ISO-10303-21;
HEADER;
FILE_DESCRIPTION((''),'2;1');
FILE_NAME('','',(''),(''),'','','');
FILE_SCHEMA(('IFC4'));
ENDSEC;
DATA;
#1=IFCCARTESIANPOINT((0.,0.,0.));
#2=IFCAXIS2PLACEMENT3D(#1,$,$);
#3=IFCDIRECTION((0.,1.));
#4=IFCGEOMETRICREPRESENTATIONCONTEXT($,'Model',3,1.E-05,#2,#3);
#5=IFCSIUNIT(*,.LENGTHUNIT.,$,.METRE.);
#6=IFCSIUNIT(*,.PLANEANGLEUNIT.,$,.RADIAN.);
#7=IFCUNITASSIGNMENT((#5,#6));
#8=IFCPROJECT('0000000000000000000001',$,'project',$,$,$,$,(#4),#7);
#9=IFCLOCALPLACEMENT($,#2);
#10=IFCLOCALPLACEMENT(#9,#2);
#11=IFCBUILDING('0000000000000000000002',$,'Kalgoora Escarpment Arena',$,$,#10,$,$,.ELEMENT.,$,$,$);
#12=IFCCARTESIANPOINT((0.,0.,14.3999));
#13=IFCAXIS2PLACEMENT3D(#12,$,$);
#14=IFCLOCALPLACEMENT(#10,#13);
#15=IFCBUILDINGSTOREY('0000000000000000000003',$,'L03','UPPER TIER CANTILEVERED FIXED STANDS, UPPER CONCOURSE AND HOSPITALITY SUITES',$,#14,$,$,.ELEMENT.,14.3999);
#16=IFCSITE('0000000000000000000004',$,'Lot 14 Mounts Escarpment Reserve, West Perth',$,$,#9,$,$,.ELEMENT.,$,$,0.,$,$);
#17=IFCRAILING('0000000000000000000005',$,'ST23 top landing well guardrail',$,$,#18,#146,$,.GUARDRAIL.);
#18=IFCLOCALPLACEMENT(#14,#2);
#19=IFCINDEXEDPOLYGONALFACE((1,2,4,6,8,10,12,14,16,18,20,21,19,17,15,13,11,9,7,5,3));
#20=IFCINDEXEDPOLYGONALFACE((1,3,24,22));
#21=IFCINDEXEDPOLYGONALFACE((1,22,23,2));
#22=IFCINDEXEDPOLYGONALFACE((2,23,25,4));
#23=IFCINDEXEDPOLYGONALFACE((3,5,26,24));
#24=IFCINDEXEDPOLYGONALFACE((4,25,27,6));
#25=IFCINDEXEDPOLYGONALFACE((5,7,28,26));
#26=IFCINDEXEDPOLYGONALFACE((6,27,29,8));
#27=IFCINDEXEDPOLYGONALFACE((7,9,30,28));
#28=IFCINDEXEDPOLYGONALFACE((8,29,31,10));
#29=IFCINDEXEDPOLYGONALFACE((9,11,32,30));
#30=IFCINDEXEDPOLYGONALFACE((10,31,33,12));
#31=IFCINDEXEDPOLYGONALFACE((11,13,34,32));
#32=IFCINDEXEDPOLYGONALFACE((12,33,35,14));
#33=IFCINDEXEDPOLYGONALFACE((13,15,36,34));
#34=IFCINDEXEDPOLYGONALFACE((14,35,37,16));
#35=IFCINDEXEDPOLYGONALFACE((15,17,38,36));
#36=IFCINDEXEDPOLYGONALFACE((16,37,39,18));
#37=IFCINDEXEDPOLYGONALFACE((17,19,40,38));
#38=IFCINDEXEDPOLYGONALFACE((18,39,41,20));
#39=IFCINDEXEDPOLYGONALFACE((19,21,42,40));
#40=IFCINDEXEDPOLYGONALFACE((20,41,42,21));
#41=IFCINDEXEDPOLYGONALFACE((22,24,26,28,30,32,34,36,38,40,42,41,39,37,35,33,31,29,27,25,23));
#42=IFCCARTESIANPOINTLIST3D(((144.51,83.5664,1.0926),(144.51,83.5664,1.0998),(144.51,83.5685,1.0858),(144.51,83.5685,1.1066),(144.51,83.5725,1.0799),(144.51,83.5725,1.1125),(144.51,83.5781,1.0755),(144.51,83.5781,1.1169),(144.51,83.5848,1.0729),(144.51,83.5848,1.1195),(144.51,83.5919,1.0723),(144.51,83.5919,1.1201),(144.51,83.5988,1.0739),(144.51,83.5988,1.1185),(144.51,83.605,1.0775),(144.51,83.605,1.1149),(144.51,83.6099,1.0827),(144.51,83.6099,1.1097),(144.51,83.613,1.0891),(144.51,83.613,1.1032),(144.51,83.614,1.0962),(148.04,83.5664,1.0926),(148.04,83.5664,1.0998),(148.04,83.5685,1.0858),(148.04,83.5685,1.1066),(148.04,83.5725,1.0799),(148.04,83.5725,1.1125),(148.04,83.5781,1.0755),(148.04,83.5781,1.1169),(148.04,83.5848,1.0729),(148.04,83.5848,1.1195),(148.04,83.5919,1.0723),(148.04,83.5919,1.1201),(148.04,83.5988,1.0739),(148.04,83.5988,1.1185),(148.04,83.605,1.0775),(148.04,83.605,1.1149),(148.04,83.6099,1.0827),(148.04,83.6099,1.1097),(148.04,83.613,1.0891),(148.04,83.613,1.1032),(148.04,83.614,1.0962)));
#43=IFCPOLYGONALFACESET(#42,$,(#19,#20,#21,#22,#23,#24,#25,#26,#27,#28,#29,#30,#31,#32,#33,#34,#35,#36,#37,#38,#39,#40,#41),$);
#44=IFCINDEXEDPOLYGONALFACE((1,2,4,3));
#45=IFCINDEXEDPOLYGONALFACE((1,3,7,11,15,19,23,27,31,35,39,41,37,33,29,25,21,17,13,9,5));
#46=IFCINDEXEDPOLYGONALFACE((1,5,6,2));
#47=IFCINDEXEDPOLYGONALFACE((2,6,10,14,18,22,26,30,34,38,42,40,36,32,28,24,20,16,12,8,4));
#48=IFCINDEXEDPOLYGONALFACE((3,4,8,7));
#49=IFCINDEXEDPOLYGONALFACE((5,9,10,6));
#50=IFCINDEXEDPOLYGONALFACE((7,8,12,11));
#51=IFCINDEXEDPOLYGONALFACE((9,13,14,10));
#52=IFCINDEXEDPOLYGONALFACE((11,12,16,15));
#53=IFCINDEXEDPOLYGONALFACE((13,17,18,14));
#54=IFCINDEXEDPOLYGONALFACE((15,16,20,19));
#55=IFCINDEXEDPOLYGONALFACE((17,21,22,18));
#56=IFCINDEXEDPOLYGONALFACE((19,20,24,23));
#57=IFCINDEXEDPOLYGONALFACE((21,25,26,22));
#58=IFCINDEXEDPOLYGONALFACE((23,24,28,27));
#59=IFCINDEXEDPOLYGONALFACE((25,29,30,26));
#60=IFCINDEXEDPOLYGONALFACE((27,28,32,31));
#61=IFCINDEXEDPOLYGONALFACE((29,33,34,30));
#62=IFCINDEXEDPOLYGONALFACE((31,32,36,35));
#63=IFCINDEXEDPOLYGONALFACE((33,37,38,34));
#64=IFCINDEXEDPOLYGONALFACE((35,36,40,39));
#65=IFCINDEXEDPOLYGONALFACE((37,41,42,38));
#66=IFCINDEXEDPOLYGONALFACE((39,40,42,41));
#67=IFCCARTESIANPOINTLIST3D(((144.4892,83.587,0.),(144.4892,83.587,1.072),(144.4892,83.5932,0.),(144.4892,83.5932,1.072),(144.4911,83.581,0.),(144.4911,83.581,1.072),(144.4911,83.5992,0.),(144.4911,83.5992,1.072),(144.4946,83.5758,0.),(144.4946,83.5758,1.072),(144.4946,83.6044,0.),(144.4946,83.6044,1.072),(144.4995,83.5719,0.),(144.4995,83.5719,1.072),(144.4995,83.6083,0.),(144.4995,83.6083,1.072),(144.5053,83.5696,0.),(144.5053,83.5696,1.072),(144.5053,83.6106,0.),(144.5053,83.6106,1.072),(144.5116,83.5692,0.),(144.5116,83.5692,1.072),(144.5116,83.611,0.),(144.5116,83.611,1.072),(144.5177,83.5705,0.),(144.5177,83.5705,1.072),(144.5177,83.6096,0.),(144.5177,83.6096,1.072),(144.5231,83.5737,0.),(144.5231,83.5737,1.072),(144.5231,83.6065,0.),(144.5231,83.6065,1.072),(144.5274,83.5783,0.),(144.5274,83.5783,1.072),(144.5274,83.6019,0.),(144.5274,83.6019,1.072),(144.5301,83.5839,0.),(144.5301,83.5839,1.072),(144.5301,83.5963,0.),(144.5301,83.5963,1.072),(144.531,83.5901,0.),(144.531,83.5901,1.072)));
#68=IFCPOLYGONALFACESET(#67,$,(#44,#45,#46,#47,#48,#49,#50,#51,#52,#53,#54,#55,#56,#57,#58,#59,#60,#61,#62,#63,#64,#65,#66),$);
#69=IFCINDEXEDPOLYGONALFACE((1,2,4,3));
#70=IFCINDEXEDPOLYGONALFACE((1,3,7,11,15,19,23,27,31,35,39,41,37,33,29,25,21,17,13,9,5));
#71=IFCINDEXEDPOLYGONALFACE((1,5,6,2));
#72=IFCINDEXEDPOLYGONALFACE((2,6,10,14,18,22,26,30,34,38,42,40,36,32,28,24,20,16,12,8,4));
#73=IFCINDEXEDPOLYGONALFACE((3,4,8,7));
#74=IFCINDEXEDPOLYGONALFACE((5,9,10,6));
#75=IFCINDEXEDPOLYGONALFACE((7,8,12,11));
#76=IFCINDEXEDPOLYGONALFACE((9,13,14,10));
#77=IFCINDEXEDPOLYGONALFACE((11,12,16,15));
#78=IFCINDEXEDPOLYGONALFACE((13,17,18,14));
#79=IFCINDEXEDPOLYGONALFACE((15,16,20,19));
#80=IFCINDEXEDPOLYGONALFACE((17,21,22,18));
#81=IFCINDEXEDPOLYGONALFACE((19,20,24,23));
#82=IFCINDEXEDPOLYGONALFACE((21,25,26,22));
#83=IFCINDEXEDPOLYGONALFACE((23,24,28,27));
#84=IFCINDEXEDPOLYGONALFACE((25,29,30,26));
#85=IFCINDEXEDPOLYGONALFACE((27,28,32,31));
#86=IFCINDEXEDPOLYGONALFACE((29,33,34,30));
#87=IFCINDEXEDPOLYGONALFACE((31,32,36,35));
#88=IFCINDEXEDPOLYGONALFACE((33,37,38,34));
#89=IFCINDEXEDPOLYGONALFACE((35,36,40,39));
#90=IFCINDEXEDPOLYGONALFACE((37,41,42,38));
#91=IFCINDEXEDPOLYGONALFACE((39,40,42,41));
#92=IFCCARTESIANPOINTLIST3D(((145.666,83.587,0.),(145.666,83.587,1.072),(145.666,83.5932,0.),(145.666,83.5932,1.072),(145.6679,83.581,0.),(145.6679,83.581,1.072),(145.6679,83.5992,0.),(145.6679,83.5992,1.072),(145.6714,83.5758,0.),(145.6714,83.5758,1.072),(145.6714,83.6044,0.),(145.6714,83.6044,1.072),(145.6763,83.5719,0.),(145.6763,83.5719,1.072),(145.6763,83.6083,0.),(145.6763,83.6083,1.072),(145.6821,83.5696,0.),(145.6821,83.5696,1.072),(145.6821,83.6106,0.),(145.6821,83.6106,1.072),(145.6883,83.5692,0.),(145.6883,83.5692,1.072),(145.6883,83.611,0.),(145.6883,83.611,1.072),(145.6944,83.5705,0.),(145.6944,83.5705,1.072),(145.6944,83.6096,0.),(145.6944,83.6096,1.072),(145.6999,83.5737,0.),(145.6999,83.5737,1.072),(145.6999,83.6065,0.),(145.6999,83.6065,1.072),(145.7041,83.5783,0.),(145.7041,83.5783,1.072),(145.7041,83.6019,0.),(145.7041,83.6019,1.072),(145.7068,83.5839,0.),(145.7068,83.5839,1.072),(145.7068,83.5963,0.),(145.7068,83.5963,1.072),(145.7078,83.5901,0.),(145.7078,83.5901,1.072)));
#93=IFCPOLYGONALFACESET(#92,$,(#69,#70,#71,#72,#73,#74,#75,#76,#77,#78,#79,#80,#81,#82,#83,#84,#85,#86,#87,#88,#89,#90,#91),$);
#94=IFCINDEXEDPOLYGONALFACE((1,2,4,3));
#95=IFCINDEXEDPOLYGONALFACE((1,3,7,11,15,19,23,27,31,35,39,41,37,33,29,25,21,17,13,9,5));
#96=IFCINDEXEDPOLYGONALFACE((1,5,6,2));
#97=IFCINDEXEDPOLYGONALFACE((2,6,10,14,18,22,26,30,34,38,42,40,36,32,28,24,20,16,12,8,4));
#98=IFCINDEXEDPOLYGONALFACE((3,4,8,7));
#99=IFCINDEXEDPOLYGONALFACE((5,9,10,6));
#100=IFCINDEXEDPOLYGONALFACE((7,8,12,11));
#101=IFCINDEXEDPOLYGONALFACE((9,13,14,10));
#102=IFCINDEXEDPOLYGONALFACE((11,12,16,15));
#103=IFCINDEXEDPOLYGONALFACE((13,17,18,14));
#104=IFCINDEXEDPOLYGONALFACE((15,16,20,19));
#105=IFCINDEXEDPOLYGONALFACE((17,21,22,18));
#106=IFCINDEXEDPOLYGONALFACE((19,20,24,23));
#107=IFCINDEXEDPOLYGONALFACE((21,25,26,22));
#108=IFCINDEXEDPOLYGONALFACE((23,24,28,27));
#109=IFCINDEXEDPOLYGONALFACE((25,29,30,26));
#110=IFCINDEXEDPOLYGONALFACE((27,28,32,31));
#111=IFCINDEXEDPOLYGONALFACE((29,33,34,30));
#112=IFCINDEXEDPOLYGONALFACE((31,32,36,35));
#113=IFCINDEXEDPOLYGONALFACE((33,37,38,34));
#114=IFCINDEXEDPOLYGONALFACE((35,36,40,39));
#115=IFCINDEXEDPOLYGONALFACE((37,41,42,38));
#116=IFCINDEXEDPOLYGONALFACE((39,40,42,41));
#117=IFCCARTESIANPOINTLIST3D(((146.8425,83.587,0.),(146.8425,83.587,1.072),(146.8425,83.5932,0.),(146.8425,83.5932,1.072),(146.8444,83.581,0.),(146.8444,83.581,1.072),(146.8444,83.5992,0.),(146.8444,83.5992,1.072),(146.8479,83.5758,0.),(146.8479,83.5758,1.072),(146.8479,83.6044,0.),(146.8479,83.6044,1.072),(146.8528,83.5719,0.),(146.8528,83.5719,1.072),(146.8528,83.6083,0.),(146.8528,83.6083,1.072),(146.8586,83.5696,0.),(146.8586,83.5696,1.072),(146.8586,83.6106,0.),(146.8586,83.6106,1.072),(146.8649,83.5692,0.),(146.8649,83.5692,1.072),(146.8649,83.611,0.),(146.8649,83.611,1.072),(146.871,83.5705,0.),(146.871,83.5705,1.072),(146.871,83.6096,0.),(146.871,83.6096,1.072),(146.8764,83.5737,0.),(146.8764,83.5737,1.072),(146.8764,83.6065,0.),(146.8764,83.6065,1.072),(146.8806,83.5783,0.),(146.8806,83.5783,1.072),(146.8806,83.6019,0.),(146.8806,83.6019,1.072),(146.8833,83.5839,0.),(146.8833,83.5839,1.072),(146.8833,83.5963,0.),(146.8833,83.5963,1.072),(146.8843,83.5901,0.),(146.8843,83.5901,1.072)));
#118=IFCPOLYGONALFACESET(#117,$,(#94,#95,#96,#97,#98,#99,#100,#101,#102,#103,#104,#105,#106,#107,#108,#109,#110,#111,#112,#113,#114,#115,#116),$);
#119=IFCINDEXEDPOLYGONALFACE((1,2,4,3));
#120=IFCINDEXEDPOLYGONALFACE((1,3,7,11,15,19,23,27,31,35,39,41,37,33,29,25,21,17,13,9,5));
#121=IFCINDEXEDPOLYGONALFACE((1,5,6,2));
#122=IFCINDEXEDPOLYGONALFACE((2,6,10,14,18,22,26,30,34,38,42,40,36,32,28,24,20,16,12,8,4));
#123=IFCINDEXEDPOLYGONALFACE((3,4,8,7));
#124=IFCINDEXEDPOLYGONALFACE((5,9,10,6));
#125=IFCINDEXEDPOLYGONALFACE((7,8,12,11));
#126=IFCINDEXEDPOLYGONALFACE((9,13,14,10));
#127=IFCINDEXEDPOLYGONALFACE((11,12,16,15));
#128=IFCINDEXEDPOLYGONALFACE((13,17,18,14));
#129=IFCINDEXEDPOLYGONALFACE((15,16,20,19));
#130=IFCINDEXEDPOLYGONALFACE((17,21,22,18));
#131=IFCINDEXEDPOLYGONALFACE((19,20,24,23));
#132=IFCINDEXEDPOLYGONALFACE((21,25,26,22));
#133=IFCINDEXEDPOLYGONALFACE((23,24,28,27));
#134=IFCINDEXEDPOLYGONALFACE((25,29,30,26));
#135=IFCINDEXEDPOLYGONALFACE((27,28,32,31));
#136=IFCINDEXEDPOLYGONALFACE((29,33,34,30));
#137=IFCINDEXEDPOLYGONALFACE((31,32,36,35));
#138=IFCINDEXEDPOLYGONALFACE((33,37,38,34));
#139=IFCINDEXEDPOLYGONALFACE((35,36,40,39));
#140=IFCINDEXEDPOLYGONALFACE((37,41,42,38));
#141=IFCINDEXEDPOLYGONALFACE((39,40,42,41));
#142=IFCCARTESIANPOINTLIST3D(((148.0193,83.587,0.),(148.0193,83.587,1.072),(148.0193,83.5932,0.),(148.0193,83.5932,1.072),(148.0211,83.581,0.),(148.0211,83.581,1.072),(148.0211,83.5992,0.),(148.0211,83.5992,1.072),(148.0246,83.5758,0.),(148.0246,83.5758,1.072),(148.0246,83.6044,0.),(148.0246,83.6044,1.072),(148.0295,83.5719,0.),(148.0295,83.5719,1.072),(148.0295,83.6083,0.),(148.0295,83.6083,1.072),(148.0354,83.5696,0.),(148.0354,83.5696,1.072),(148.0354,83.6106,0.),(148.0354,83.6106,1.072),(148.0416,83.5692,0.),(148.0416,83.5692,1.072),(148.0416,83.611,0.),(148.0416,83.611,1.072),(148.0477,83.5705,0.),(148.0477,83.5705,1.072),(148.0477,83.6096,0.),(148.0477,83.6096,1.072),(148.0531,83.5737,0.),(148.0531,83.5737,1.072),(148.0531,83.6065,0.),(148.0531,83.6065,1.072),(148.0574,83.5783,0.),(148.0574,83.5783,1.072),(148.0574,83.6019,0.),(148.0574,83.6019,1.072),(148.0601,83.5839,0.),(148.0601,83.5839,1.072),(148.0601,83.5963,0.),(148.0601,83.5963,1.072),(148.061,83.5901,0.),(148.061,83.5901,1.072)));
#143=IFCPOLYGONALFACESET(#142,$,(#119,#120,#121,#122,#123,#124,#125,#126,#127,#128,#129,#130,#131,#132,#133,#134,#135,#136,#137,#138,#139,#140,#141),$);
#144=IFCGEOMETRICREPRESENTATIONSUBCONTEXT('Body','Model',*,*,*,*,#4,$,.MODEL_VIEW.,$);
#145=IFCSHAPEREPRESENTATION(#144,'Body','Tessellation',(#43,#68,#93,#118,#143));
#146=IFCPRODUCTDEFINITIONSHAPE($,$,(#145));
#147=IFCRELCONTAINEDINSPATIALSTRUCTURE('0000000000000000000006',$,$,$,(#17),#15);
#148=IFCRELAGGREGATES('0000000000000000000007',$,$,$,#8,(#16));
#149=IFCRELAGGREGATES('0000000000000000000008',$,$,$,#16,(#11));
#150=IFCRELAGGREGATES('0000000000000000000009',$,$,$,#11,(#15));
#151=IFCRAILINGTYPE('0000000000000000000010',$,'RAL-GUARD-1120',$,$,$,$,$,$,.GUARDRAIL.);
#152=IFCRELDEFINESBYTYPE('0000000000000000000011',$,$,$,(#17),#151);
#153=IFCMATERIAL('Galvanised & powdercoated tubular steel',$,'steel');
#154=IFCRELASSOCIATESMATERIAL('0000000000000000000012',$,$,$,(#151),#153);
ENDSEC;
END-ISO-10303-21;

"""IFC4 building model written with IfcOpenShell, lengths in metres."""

from ifc_helpers import new_model, si_unit, direction, frame, origin, origin_2d, place, context, subcontext, project, spatial, circle, extrude, material, type_object, element, save


model = new_model("IFC4")

# Units and contexts
model_context = context("Model", 3, precision=1e-05, world=origin(), true_north=direction((0.0, 1.0)))
body_context = subcontext(model_context, "Body", "Model", "MODEL_VIEW")
ifc_project = project(units=[si_unit("LENGTHUNIT", "METRE"), si_unit("PLANEANGLEUNIT", "RADIAN")], contexts=[model_context])

# Site, building, storey
site_placement = place(None, origin())
site = spatial("IfcSite", under=ifc_project, at=site_placement, Name="Lot 14 Mounts Escarpment Reserve, West Perth", CompositionType="ELEMENT", RefElevation=0.0)
building_placement = place(site_placement, origin())
building = spatial("IfcBuilding", under=site, at=building_placement, Name="Kalgoora Escarpment Arena", CompositionType="ELEMENT")
storey_placement = place(building_placement, frame((0.0, 0.0, 14.3999)))
storey = spatial("IfcBuildingStorey", under=building, at=storey_placement, Name="L03", Description="UPPER TIER CANTILEVERED FIXED STANDS, UPPER CONCOURSE AND HOSPITALITY SUITES", CompositionType="ELEMENT", Elevation=14.3999)

# Railing
ifc_material_1 = material(Name="Galvanised & powdercoated tubular steel", Category="steel")
railing_type = type_object("IfcRailingType", Name="RAL-GUARD-1120", PredefinedType="GUARDRAIL", material=ifc_material_1)
railing_1_placement = place(storey_placement, frame((144.51, 83.5901, 0.0)))
element("IfcRailing", 1, at=railing_1_placement, inside=storey, type_object=railing_type, Name="ST23 top landing well guardrail", PredefinedType="GUARDRAIL", context=body_context, shape_type="SweptSolid", body=[
    extrude(circle(Radius=0.0239, at=origin_2d()), frame((0.0, 0.0, 1.0962), z_axis=(1.0, 0.0, 0.0), x_axis=(0.0, 1.0, 0.0)), (0.0, 0.0, 1.0), 3.53),
    extrude(circle(Radius=0.021, at=origin_2d()), origin(), (0.0, 0.0, 1.0), 1.072),
    extrude(circle(Radius=0.021, at=origin_2d()), frame((1.1768, 0.0, 0.0)), (0.0, 0.0, 1.0), 1.072),
    extrude(circle(Radius=0.021, at=origin_2d()), frame((2.3533, 0.0, 0.0)), (0.0, 0.0, 1.0), 1.072),
    extrude(circle(Radius=0.021, at=origin_2d()), frame((3.53, 0.0, 0.0)), (0.0, 0.0, 1.0), 1.072),
])

save(model, "model.ifc")
